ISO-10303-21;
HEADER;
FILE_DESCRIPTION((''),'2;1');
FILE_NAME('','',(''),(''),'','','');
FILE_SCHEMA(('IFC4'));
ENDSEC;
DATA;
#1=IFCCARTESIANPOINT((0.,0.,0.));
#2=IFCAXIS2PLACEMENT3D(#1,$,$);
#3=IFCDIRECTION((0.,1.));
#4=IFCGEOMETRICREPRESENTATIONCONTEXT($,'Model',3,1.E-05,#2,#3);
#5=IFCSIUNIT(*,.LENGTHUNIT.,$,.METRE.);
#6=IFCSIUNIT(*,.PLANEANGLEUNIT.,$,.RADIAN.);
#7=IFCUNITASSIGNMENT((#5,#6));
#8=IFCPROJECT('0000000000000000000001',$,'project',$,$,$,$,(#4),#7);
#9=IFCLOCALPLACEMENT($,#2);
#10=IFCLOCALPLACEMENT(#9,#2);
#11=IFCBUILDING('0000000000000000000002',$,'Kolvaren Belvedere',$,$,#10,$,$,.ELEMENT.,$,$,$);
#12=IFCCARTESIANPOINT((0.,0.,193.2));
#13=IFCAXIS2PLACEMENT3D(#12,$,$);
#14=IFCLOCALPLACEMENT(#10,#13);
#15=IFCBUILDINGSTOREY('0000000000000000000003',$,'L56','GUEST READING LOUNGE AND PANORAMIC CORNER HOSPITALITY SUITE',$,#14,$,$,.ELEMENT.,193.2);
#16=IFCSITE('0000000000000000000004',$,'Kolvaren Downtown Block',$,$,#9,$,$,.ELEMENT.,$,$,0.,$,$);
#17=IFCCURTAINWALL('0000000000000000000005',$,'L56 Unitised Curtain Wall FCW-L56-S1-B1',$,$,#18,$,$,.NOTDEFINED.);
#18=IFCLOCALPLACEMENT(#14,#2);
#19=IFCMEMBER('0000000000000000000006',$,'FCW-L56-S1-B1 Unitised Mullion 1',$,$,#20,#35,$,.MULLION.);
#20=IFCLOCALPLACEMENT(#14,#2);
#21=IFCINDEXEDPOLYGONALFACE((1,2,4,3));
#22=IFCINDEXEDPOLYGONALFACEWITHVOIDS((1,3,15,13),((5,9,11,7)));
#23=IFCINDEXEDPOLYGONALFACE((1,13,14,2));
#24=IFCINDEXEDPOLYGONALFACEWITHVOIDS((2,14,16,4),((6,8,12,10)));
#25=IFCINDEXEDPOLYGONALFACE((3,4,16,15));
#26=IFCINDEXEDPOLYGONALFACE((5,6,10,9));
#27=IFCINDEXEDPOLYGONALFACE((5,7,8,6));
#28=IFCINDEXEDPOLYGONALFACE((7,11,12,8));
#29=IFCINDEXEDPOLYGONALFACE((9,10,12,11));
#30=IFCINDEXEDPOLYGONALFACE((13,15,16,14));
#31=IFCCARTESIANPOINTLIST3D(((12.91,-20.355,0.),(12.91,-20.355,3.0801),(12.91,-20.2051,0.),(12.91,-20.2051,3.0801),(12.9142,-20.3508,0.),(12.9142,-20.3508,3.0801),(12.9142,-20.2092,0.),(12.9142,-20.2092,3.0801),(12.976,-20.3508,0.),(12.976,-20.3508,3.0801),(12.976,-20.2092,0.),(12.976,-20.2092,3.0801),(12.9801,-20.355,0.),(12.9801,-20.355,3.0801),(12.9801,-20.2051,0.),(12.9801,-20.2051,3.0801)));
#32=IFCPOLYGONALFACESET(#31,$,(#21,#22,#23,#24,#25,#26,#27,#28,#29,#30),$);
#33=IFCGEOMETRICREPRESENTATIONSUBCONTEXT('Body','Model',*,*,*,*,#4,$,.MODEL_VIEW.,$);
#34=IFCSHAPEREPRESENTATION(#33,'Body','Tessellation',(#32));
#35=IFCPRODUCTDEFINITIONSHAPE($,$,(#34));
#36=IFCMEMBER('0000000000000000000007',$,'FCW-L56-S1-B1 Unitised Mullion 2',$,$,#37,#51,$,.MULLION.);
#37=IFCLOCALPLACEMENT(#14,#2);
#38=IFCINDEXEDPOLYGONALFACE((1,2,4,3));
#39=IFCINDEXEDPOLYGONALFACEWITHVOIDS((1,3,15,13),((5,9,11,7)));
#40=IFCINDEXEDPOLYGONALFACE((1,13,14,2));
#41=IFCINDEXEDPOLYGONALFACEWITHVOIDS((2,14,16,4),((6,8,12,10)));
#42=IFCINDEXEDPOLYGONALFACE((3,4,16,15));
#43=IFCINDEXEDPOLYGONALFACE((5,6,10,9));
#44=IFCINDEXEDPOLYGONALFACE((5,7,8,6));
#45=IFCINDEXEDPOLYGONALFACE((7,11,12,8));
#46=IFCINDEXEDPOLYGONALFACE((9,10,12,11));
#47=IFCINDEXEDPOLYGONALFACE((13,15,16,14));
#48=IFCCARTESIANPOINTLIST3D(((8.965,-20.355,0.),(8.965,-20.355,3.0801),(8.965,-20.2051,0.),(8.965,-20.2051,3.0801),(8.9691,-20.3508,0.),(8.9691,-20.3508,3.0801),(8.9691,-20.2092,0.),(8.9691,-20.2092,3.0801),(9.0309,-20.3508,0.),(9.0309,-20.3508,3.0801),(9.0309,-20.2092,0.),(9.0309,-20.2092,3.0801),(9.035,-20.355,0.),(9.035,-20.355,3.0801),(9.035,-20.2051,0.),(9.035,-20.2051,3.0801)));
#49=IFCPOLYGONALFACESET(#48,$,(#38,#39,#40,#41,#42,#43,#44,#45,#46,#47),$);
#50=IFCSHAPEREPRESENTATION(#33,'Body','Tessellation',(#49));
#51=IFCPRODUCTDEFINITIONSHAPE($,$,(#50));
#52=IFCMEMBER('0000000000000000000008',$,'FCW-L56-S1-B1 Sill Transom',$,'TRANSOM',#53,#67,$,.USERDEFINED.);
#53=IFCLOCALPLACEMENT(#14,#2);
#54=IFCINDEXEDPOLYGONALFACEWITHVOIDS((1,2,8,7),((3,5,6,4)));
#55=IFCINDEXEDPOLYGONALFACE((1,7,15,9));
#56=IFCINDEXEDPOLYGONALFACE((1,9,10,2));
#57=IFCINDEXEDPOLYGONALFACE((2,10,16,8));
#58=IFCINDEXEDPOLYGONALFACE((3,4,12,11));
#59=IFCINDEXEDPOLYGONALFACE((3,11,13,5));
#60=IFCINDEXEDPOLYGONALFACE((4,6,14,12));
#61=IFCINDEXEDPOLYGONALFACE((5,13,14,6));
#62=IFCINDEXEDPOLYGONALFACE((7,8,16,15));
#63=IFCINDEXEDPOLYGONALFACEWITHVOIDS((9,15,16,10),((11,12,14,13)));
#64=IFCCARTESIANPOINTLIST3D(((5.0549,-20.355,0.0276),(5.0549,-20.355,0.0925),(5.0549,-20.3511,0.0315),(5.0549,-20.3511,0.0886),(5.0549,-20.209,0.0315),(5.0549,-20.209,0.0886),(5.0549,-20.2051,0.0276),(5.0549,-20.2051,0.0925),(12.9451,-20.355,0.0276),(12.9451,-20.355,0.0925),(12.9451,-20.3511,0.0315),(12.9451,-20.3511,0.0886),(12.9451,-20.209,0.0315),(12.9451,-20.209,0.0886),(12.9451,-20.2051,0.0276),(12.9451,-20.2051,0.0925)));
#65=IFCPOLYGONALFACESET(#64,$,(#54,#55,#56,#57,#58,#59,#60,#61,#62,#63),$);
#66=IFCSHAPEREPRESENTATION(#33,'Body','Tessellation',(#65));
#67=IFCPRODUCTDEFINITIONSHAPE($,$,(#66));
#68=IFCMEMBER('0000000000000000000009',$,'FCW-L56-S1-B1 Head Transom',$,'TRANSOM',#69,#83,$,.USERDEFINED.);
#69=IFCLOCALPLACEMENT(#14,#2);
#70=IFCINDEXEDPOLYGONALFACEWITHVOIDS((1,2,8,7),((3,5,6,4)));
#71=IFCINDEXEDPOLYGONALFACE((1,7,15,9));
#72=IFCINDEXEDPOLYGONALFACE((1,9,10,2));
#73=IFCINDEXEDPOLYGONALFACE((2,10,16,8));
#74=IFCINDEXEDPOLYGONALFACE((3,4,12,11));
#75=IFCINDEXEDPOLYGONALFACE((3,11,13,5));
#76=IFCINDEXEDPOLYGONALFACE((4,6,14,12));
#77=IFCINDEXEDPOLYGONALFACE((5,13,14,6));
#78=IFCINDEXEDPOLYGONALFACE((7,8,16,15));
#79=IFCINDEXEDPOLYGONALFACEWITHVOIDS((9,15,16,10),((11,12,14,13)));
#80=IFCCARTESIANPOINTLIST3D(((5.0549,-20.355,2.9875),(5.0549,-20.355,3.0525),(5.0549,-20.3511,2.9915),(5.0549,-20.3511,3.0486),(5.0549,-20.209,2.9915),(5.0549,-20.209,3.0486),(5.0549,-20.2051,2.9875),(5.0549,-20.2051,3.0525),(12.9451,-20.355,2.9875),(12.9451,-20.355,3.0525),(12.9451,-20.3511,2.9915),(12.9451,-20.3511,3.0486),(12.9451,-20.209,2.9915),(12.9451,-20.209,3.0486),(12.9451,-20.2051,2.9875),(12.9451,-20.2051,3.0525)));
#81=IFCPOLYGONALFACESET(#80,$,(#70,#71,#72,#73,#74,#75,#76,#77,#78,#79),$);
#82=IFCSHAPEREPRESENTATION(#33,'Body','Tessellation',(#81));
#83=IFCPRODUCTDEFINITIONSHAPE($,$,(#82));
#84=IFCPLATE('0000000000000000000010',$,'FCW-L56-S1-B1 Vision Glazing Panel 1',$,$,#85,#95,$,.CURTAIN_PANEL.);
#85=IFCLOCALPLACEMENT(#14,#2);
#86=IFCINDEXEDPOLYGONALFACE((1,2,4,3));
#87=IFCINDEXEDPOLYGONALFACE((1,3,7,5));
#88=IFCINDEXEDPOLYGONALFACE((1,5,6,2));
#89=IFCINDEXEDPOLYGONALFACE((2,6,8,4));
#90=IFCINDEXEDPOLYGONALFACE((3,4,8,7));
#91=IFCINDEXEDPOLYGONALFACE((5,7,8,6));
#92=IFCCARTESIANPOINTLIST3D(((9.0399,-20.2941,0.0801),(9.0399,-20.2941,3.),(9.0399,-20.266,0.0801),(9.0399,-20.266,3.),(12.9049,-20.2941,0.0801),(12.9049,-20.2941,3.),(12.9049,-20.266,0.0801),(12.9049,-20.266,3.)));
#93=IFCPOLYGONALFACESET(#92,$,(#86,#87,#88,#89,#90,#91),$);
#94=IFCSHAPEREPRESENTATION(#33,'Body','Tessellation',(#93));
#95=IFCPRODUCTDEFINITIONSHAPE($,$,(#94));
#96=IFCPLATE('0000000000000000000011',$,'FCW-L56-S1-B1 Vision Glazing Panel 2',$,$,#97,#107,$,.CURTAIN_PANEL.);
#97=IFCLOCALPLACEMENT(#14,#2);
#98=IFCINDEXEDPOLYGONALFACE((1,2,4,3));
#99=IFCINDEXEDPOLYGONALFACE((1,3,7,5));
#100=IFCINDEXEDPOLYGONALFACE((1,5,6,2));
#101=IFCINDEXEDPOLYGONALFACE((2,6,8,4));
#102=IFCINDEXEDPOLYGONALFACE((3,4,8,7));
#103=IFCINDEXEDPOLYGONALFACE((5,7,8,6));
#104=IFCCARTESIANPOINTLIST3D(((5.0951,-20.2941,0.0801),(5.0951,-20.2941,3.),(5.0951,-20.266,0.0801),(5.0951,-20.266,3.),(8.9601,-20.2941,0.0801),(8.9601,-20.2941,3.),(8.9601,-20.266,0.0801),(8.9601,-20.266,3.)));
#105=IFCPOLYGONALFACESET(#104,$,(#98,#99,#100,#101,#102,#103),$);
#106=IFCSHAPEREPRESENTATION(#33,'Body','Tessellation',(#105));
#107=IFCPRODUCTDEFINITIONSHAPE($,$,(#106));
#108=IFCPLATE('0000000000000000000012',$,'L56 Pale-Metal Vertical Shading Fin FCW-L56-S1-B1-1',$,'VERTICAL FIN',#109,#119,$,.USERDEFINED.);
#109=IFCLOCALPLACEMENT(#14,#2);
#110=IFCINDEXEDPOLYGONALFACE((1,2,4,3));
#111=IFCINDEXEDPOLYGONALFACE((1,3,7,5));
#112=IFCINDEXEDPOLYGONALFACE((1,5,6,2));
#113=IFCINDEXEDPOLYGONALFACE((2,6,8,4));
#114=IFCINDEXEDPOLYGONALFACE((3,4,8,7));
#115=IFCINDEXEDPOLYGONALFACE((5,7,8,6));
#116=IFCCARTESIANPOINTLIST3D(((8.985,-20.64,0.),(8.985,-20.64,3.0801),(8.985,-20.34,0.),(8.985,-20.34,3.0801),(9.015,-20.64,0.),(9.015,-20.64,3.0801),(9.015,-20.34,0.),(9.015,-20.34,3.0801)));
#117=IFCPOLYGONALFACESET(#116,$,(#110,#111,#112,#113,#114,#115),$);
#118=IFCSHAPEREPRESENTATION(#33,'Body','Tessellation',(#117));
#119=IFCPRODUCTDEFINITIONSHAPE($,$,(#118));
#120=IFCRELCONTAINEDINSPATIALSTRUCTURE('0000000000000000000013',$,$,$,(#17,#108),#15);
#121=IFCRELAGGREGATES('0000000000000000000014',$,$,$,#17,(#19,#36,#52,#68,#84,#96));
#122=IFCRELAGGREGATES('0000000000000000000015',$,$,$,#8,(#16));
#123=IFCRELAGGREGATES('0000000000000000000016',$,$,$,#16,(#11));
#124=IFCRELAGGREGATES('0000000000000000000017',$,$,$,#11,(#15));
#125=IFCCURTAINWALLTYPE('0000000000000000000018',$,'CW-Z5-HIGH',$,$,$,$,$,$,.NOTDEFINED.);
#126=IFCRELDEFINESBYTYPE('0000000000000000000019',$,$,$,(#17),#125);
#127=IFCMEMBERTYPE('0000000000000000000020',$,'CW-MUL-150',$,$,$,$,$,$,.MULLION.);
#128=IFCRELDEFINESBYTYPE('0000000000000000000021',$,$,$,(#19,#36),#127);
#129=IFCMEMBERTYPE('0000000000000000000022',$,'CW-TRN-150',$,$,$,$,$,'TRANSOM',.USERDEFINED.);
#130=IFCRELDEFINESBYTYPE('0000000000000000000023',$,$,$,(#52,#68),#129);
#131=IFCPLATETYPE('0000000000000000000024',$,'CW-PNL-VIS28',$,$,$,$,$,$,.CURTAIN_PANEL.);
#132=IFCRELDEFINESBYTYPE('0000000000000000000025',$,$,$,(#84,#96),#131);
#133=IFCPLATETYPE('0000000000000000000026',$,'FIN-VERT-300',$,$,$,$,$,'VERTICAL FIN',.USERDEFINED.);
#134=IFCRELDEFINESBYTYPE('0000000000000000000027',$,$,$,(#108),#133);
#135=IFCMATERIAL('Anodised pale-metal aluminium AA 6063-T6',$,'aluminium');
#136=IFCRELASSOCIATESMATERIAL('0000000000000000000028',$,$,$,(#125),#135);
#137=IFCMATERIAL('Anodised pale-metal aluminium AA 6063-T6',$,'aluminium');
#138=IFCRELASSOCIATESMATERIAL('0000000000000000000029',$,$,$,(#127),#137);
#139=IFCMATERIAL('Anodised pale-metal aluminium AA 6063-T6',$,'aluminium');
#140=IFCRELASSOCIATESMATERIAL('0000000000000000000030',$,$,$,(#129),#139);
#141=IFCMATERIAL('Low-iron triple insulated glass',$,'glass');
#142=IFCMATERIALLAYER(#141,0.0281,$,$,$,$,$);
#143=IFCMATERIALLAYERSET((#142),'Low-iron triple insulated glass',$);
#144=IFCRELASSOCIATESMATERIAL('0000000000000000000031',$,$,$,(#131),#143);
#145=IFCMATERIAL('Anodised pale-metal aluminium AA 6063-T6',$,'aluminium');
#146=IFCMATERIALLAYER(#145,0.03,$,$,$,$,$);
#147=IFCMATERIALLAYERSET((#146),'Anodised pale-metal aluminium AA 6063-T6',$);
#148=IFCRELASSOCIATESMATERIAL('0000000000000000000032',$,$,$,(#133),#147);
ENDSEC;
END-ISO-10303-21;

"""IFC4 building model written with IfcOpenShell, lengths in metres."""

from ifc_helpers import new_model, si_unit, direction, frame, origin, origin_2d, place, context, subcontext, project, spatial, rectangle, hollow_rectangle, extrude, material, layer, layer_set, material_profile, profile_set, type_object, element, aggregate, save


model = new_model("IFC4")

# Units and contexts
model_context = context("Model", 3, precision=1e-05, world=origin(), true_north=direction((0.0, 1.0)))
body_context = subcontext(model_context, "Body", "Model", "MODEL_VIEW")
ifc_project = project(units=[si_unit("LENGTHUNIT", "METRE"), si_unit("PLANEANGLEUNIT", "RADIAN")], contexts=[model_context])

# Site, building, storey
site_placement = place(None, origin())
site = spatial("IfcSite", under=ifc_project, at=site_placement, Name="Kolvaren Downtown Block", CompositionType="ELEMENT", RefElevation=0.0)
building_placement = place(site_placement, origin())
building = spatial("IfcBuilding", under=site, at=building_placement, Name="Kolvaren Belvedere", CompositionType="ELEMENT")
storey_placement = place(building_placement, frame((0.0, 0.0, 193.2)))
storey = spatial("IfcBuildingStorey", under=building, at=storey_placement, Name="L56", Description="GUEST READING LOUNGE AND PANORAMIC CORNER HOSPITALITY SUITE", CompositionType="ELEMENT", Elevation=193.2)

# Curtain wall, members, plates
ifc_material_1 = material(Name="Anodised pale-metal aluminium AA 6063-T6", Category="aluminium")
curtain_wall_type = type_object("IfcCurtainWallType", Name="CW-Z5-HIGH", PredefinedType="NOTDEFINED", material=ifc_material_1)
curtain_wall_placement = place(storey_placement, origin())
curtain_wall = element("IfcCurtainWall", 1, at=curtain_wall_placement, inside=storey, type_object=curtain_wall_type, Name="L56 Unitised Curtain Wall FCW-L56-S1-B1", PredefinedType="NOTDEFINED")
ifc_material_2 = material(Name="Anodised pale-metal aluminium AA 6063-T6", Category="aluminium")
ifc_material_profile_1 = material_profile(ifc_material_2, hollow_rectangle(XDim=0.0701, YDim=0.1499, WallThickness=0.0042, at=origin_2d()), Name="ALU-MUL-150X70")
ifc_profile_set_1 = profile_set([ifc_material_profile_1], Name="Anodised pale-metal aluminium AA 6063-T6")
member_type_1 = type_object("IfcMemberType", Name="CW-MUL-150", PredefinedType="MULLION", material=ifc_profile_set_1)
member_1_placement = place(storey_placement, frame((12.9451, -20.28, 0.0), z_axis=(0.0, 0.0, 1.0), x_axis=(1.0, 0.0, 0.0)))
member_1 = element("IfcMember", 2, at=member_1_placement, type_object=member_type_1, Name="FCW-L56-S1-B1 Unitised Mullion 1", PredefinedType="MULLION", context=body_context, shape_type="SweptSolid", body=[
    extrude(hollow_rectangle(XDim=0.0701, YDim=0.1499, WallThickness=0.0042, at=origin_2d()), origin(), (0.0, 0.0, 1.0), 3.0801),
])
member_2_placement = place(storey_placement, frame((9.0, -20.28, 0.0), z_axis=(0.0, 0.0, 1.0), x_axis=(1.0, 0.0, 0.0)))
member_2 = element("IfcMember", 3, at=member_2_placement, type_object=member_type_1, Name="FCW-L56-S1-B1 Unitised Mullion 2", PredefinedType="MULLION", context=body_context, shape_type="SweptSolid", body=[
    extrude(hollow_rectangle(XDim=0.0701, YDim=0.1499, WallThickness=0.0042, at=origin_2d()), origin(), (0.0, 0.0, 1.0), 3.0801),
])
ifc_material_3 = material(Name="Anodised pale-metal aluminium AA 6063-T6", Category="aluminium")
ifc_material_profile_2 = material_profile(ifc_material_3, hollow_rectangle(XDim=0.0649, YDim=0.1499, WallThickness=0.0039, at=origin_2d()), Name="ALU-TRN-150X65")
ifc_profile_set_2 = profile_set([ifc_material_profile_2], Name="Anodised pale-metal aluminium AA 6063-T6")
member_type_2 = type_object("IfcMemberType", Name="CW-TRN-150", ElementType="TRANSOM", PredefinedType="USERDEFINED", material=ifc_profile_set_2)
member_3_placement = place(storey_placement, frame((12.9451, -20.28, 0.0601), z_axis=(-1.0, 0.0, 0.0), x_axis=(0.0, 0.0, 1.0)))
member_3 = element("IfcMember", 4, at=member_3_placement, type_object=member_type_2, Name="FCW-L56-S1-B1 Sill Transom", ObjectType="TRANSOM", PredefinedType="USERDEFINED", context=body_context, shape_type="SweptSolid", body=[
    extrude(hollow_rectangle(XDim=0.0649, YDim=0.1499, WallThickness=0.0039, at=origin_2d()), origin(), (0.0, 0.0, 1.0), 7.8901),
])
member_4_placement = place(storey_placement, frame((12.9451, -20.28, 3.02), z_axis=(-1.0, 0.0, 0.0), x_axis=(0.0, 0.0, 1.0)))
member_4 = element("IfcMember", 5, at=member_4_placement, type_object=member_type_2, Name="FCW-L56-S1-B1 Head Transom", ObjectType="TRANSOM", PredefinedType="USERDEFINED", context=body_context, shape_type="SweptSolid", body=[
    extrude(hollow_rectangle(XDim=0.0649, YDim=0.1499, WallThickness=0.0039, at=origin_2d()), origin(), (0.0, 0.0, 1.0), 7.8901),
])
ifc_material_4 = material(Name="Low-iron triple insulated glass", Category="glass")
ifc_layer_1 = layer(ifc_material_4, 0.0281)
ifc_layer_set_1 = layer_set([ifc_layer_1], Name="Low-iron triple insulated glass")
plate_type_1 = type_object("IfcPlateType", Name="CW-PNL-VIS28", PredefinedType="CURTAIN_PANEL", material=ifc_layer_set_1)
plate_1_placement = place(storey_placement, frame((10.9724, -20.28, 0.0801), z_axis=(0.0, 0.0, 1.0), x_axis=(-1.0, 0.0, 0.0)))
plate_1 = element("IfcPlate", 6, at=plate_1_placement, type_object=plate_type_1, Name="FCW-L56-S1-B1 Vision Glazing Panel 1", PredefinedType="CURTAIN_PANEL", context=body_context, shape_type="SweptSolid", body=[
    extrude(rectangle(XDim=3.865, YDim=0.0281, at=origin_2d()), origin(), (0.0, 0.0, 1.0), 2.9199),
])
plate_2_placement = place(storey_placement, frame((7.0276, -20.28, 0.0801), z_axis=(0.0, 0.0, 1.0), x_axis=(-1.0, 0.0, 0.0)))
plate_2 = element("IfcPlate", 7, at=plate_2_placement, type_object=plate_type_1, Name="FCW-L56-S1-B1 Vision Glazing Panel 2", PredefinedType="CURTAIN_PANEL", context=body_context, shape_type="SweptSolid", body=[
    extrude(rectangle(XDim=3.865, YDim=0.0281, at=origin_2d()), origin(), (0.0, 0.0, 1.0), 2.9199),
])
aggregate(curtain_wall, [member_1, member_2, member_3, member_4, plate_1, plate_2])

# Plate
ifc_material_5 = material(Name="Anodised pale-metal aluminium AA 6063-T6", Category="aluminium")
ifc_layer_2 = layer(ifc_material_5, 0.03)
ifc_layer_set_2 = layer_set([ifc_layer_2], Name="Anodised pale-metal aluminium AA 6063-T6")
plate_type_2 = type_object("IfcPlateType", Name="FIN-VERT-300", ElementType="VERTICAL FIN", PredefinedType="USERDEFINED", material=ifc_layer_set_2)
plate_3_placement = place(storey_placement, frame((9.0, -20.49, 0.0), z_axis=(0.0, 0.0, 1.0), x_axis=(0.0, 1.0, 0.0)))
element("IfcPlate", 8, at=plate_3_placement, inside=storey, type_object=plate_type_2, Name="L56 Pale-Metal Vertical Shading Fin FCW-L56-S1-B1-1", ObjectType="VERTICAL FIN", PredefinedType="USERDEFINED", context=body_context, shape_type="SweptSolid", body=[
    extrude(rectangle(XDim=0.3, YDim=0.03, at=origin_2d()), origin(), (0.0, 0.0, 1.0), 3.0801),
])

save(model, "model.ifc")
